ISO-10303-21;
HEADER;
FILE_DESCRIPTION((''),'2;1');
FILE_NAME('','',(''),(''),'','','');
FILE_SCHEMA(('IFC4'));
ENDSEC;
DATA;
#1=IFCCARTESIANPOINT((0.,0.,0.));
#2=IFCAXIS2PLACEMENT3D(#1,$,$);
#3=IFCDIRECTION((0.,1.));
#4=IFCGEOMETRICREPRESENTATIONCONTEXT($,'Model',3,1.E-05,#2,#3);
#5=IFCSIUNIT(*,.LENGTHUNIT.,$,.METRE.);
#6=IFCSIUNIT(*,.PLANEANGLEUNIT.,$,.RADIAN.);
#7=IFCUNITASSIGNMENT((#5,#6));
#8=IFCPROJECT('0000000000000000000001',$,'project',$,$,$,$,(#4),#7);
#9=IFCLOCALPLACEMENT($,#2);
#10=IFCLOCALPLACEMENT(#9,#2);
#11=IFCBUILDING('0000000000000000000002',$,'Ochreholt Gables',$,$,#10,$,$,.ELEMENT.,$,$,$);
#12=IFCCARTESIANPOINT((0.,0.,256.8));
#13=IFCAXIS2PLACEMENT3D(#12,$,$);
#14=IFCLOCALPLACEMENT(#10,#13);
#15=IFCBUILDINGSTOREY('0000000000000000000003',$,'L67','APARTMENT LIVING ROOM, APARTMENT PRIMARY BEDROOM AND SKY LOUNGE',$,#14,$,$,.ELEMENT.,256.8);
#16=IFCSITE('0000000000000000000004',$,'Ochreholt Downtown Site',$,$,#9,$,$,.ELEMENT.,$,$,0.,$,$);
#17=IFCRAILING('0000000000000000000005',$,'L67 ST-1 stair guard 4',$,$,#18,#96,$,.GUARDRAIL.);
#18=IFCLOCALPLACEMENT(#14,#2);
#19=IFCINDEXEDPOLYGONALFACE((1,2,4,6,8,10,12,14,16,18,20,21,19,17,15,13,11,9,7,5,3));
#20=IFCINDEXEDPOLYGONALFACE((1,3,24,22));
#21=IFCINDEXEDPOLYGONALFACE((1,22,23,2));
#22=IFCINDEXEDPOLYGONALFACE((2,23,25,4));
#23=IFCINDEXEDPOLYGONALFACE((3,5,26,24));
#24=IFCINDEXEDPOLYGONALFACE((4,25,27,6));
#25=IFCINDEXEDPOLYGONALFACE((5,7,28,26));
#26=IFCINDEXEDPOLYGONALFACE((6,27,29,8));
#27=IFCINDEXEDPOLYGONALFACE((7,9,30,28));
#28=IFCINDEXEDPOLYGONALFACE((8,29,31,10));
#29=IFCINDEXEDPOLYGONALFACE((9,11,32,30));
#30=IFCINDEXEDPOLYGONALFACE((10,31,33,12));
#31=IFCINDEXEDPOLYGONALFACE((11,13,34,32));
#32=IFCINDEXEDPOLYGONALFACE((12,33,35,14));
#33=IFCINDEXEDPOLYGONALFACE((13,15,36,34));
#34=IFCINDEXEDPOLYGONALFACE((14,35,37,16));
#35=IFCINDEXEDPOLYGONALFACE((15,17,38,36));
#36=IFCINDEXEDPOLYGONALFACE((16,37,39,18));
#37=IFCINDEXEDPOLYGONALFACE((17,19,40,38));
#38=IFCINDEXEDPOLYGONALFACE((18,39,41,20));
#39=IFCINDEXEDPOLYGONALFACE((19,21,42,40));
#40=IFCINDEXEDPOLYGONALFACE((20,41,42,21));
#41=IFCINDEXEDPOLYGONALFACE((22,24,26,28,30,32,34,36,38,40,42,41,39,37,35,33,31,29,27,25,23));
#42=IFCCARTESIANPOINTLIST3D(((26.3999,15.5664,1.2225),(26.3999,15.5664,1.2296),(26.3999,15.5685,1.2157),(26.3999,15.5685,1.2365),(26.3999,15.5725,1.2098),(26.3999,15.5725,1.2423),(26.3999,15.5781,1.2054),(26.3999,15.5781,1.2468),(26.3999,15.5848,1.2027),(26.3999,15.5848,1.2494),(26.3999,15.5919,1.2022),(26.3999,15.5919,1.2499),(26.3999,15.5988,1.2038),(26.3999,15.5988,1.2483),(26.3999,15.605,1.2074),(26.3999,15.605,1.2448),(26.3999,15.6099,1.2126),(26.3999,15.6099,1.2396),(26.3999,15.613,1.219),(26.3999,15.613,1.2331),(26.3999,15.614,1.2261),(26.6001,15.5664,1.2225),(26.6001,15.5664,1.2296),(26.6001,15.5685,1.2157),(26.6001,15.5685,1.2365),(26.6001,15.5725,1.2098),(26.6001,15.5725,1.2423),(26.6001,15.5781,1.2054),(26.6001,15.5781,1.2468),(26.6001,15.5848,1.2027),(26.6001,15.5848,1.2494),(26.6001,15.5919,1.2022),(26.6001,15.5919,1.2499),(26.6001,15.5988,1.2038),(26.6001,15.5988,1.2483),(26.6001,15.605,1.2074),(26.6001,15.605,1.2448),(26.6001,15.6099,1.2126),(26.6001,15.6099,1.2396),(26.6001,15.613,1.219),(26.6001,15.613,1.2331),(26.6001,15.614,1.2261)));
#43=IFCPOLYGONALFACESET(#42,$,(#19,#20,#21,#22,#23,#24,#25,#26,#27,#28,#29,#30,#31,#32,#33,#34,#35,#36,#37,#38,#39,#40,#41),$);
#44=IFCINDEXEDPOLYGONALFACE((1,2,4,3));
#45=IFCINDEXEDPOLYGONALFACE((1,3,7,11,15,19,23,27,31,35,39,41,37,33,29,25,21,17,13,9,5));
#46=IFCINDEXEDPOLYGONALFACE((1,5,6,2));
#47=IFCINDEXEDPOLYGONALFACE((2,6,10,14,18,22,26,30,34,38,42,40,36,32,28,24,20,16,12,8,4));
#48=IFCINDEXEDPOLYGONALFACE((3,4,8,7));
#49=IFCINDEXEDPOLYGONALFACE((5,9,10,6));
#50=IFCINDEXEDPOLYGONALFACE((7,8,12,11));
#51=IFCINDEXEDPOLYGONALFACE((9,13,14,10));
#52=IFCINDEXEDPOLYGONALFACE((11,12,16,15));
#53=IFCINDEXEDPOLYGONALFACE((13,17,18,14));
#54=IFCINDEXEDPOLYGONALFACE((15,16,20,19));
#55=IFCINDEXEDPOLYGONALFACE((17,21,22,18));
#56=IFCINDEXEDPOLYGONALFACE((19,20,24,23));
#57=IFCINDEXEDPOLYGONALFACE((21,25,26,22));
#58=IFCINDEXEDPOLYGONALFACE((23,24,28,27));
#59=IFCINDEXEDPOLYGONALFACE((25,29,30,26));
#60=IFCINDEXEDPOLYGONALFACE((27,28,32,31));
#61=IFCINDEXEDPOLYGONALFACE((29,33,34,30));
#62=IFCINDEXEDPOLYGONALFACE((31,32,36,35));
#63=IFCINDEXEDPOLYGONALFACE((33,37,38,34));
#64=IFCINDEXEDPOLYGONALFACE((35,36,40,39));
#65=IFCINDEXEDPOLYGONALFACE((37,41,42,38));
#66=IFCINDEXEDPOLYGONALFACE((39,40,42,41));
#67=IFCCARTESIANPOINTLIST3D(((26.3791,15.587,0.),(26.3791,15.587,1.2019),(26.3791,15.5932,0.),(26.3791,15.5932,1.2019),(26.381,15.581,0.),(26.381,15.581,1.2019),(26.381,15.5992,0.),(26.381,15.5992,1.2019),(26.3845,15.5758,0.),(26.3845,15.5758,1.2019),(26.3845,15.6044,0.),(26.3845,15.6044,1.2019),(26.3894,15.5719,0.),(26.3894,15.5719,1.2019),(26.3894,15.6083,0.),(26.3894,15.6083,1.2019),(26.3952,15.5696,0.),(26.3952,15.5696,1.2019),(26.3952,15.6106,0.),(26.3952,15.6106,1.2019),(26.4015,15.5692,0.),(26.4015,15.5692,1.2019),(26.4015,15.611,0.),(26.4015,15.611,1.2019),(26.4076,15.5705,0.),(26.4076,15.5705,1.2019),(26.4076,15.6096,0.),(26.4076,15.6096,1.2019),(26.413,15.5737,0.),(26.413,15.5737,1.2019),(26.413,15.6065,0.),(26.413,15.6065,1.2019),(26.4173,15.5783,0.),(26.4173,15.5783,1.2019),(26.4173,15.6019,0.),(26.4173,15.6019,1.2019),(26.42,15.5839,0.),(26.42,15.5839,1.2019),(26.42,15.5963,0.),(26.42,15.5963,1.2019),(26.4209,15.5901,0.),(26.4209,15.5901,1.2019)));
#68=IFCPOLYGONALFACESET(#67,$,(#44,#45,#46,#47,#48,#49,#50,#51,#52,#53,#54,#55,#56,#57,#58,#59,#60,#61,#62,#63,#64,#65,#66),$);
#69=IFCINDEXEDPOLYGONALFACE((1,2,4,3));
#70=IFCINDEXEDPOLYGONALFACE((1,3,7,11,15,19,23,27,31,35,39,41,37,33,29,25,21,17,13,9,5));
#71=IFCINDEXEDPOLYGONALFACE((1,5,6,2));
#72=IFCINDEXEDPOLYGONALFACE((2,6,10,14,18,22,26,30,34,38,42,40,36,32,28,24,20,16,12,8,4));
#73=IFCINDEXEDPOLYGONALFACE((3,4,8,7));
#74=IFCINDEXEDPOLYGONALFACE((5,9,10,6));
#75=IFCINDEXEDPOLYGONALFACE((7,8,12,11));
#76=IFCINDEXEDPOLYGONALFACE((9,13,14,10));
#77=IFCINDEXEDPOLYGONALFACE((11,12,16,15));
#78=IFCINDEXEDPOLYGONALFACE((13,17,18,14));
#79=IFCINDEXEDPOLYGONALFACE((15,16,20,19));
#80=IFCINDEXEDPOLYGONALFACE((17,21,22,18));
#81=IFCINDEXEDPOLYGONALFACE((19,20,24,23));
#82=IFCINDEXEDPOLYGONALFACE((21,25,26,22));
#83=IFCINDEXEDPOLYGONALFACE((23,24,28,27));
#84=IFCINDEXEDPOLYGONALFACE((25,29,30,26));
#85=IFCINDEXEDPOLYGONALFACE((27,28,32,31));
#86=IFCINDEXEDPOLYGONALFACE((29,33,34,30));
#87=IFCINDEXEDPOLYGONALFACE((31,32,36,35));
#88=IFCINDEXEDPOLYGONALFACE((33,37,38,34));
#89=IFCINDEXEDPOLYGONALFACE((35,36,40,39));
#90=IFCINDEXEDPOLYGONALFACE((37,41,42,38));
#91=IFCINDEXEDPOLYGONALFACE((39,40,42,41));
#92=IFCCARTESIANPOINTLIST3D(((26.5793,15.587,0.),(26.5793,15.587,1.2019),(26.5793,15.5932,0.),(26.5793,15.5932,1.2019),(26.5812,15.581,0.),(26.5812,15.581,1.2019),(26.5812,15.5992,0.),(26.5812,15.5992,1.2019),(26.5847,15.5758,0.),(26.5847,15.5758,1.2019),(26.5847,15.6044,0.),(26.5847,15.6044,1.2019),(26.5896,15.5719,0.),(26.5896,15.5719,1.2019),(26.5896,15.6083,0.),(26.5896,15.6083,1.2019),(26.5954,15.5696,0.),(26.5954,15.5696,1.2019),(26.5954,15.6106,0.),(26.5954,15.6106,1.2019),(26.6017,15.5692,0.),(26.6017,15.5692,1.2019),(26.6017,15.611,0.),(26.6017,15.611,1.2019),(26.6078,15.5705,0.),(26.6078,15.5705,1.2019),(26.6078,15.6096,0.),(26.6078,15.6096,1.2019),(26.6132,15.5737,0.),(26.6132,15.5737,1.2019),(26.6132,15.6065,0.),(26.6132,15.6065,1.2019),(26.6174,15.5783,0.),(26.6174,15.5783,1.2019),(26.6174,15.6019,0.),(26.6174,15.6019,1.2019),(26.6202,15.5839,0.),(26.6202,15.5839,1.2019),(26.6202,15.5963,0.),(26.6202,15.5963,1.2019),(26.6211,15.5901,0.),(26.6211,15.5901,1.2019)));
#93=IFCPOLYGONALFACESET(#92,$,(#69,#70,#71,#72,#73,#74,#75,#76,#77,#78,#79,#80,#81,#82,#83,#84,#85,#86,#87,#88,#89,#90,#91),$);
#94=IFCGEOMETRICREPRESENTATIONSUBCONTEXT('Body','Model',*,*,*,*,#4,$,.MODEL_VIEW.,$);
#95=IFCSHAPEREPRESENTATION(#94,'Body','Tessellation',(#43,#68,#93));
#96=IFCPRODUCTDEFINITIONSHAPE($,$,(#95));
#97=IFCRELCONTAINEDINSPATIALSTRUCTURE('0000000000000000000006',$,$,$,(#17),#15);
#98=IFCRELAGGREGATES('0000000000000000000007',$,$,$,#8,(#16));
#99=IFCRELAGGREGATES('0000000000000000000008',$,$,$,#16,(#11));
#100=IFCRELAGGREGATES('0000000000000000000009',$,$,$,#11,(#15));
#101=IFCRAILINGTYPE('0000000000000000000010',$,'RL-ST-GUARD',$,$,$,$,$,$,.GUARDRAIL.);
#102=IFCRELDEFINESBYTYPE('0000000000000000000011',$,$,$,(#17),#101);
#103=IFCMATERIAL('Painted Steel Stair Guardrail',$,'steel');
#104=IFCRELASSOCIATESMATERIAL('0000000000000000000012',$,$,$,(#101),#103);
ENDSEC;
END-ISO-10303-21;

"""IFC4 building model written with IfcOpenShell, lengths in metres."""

from ifc_helpers import new_model, si_unit, direction, frame, origin, origin_2d, place, context, subcontext, project, spatial, circle, extrude, material, type_object, element, save


model = new_model("IFC4")

# Units and contexts
model_context = context("Model", 3, precision=1e-05, world=origin(), true_north=direction((0.0, 1.0)))
body_context = subcontext(model_context, "Body", "Model", "MODEL_VIEW")
ifc_project = project(units=[si_unit("LENGTHUNIT", "METRE"), si_unit("PLANEANGLEUNIT", "RADIAN")], contexts=[model_context])

# Site, building, storey
site_placement = place(None, origin())
site = spatial("IfcSite", under=ifc_project, at=site_placement, Name="Ochreholt Downtown Site", CompositionType="ELEMENT", RefElevation=0.0)
building_placement = place(site_placement, origin())
building = spatial("IfcBuilding", under=site, at=building_placement, Name="Ochreholt Gables", CompositionType="ELEMENT")
storey_placement = place(building_placement, frame((0.0, 0.0, 256.8)))
storey = spatial("IfcBuildingStorey", under=building, at=storey_placement, Name="L67", Description="APARTMENT LIVING ROOM, APARTMENT PRIMARY BEDROOM AND SKY LOUNGE", CompositionType="ELEMENT", Elevation=256.8)

# Railing
ifc_material_1 = material(Name="Painted Steel Stair Guardrail", Category="steel")
railing_type = type_object("IfcRailingType", Name="RL-ST-GUARD", PredefinedType="GUARDRAIL", material=ifc_material_1)
railing_1_placement = place(storey_placement, frame((26.3999, 15.5901, 0.0)))
element("IfcRailing", 1, at=railing_1_placement, inside=storey, type_object=railing_type, Name="L67 ST-1 stair guard 4", PredefinedType="GUARDRAIL", context=body_context, shape_type="SweptSolid", body=[
    extrude(circle(Radius=0.0239, at=origin_2d()), frame((0.0, 0.0, 1.2261), z_axis=(1.0, 0.0, 0.0), x_axis=(0.0, 1.0, 0.0)), (0.0, 0.0, 1.0), 0.2002),
    extrude(circle(Radius=0.021, at=origin_2d()), origin(), (0.0, 0.0, 1.0), 1.2019),
    extrude(circle(Radius=0.021, at=origin_2d()), frame((0.2002, 0.0, 0.0)), (0.0, 0.0, 1.0), 1.2019),
])

save(model, "model.ifc")
